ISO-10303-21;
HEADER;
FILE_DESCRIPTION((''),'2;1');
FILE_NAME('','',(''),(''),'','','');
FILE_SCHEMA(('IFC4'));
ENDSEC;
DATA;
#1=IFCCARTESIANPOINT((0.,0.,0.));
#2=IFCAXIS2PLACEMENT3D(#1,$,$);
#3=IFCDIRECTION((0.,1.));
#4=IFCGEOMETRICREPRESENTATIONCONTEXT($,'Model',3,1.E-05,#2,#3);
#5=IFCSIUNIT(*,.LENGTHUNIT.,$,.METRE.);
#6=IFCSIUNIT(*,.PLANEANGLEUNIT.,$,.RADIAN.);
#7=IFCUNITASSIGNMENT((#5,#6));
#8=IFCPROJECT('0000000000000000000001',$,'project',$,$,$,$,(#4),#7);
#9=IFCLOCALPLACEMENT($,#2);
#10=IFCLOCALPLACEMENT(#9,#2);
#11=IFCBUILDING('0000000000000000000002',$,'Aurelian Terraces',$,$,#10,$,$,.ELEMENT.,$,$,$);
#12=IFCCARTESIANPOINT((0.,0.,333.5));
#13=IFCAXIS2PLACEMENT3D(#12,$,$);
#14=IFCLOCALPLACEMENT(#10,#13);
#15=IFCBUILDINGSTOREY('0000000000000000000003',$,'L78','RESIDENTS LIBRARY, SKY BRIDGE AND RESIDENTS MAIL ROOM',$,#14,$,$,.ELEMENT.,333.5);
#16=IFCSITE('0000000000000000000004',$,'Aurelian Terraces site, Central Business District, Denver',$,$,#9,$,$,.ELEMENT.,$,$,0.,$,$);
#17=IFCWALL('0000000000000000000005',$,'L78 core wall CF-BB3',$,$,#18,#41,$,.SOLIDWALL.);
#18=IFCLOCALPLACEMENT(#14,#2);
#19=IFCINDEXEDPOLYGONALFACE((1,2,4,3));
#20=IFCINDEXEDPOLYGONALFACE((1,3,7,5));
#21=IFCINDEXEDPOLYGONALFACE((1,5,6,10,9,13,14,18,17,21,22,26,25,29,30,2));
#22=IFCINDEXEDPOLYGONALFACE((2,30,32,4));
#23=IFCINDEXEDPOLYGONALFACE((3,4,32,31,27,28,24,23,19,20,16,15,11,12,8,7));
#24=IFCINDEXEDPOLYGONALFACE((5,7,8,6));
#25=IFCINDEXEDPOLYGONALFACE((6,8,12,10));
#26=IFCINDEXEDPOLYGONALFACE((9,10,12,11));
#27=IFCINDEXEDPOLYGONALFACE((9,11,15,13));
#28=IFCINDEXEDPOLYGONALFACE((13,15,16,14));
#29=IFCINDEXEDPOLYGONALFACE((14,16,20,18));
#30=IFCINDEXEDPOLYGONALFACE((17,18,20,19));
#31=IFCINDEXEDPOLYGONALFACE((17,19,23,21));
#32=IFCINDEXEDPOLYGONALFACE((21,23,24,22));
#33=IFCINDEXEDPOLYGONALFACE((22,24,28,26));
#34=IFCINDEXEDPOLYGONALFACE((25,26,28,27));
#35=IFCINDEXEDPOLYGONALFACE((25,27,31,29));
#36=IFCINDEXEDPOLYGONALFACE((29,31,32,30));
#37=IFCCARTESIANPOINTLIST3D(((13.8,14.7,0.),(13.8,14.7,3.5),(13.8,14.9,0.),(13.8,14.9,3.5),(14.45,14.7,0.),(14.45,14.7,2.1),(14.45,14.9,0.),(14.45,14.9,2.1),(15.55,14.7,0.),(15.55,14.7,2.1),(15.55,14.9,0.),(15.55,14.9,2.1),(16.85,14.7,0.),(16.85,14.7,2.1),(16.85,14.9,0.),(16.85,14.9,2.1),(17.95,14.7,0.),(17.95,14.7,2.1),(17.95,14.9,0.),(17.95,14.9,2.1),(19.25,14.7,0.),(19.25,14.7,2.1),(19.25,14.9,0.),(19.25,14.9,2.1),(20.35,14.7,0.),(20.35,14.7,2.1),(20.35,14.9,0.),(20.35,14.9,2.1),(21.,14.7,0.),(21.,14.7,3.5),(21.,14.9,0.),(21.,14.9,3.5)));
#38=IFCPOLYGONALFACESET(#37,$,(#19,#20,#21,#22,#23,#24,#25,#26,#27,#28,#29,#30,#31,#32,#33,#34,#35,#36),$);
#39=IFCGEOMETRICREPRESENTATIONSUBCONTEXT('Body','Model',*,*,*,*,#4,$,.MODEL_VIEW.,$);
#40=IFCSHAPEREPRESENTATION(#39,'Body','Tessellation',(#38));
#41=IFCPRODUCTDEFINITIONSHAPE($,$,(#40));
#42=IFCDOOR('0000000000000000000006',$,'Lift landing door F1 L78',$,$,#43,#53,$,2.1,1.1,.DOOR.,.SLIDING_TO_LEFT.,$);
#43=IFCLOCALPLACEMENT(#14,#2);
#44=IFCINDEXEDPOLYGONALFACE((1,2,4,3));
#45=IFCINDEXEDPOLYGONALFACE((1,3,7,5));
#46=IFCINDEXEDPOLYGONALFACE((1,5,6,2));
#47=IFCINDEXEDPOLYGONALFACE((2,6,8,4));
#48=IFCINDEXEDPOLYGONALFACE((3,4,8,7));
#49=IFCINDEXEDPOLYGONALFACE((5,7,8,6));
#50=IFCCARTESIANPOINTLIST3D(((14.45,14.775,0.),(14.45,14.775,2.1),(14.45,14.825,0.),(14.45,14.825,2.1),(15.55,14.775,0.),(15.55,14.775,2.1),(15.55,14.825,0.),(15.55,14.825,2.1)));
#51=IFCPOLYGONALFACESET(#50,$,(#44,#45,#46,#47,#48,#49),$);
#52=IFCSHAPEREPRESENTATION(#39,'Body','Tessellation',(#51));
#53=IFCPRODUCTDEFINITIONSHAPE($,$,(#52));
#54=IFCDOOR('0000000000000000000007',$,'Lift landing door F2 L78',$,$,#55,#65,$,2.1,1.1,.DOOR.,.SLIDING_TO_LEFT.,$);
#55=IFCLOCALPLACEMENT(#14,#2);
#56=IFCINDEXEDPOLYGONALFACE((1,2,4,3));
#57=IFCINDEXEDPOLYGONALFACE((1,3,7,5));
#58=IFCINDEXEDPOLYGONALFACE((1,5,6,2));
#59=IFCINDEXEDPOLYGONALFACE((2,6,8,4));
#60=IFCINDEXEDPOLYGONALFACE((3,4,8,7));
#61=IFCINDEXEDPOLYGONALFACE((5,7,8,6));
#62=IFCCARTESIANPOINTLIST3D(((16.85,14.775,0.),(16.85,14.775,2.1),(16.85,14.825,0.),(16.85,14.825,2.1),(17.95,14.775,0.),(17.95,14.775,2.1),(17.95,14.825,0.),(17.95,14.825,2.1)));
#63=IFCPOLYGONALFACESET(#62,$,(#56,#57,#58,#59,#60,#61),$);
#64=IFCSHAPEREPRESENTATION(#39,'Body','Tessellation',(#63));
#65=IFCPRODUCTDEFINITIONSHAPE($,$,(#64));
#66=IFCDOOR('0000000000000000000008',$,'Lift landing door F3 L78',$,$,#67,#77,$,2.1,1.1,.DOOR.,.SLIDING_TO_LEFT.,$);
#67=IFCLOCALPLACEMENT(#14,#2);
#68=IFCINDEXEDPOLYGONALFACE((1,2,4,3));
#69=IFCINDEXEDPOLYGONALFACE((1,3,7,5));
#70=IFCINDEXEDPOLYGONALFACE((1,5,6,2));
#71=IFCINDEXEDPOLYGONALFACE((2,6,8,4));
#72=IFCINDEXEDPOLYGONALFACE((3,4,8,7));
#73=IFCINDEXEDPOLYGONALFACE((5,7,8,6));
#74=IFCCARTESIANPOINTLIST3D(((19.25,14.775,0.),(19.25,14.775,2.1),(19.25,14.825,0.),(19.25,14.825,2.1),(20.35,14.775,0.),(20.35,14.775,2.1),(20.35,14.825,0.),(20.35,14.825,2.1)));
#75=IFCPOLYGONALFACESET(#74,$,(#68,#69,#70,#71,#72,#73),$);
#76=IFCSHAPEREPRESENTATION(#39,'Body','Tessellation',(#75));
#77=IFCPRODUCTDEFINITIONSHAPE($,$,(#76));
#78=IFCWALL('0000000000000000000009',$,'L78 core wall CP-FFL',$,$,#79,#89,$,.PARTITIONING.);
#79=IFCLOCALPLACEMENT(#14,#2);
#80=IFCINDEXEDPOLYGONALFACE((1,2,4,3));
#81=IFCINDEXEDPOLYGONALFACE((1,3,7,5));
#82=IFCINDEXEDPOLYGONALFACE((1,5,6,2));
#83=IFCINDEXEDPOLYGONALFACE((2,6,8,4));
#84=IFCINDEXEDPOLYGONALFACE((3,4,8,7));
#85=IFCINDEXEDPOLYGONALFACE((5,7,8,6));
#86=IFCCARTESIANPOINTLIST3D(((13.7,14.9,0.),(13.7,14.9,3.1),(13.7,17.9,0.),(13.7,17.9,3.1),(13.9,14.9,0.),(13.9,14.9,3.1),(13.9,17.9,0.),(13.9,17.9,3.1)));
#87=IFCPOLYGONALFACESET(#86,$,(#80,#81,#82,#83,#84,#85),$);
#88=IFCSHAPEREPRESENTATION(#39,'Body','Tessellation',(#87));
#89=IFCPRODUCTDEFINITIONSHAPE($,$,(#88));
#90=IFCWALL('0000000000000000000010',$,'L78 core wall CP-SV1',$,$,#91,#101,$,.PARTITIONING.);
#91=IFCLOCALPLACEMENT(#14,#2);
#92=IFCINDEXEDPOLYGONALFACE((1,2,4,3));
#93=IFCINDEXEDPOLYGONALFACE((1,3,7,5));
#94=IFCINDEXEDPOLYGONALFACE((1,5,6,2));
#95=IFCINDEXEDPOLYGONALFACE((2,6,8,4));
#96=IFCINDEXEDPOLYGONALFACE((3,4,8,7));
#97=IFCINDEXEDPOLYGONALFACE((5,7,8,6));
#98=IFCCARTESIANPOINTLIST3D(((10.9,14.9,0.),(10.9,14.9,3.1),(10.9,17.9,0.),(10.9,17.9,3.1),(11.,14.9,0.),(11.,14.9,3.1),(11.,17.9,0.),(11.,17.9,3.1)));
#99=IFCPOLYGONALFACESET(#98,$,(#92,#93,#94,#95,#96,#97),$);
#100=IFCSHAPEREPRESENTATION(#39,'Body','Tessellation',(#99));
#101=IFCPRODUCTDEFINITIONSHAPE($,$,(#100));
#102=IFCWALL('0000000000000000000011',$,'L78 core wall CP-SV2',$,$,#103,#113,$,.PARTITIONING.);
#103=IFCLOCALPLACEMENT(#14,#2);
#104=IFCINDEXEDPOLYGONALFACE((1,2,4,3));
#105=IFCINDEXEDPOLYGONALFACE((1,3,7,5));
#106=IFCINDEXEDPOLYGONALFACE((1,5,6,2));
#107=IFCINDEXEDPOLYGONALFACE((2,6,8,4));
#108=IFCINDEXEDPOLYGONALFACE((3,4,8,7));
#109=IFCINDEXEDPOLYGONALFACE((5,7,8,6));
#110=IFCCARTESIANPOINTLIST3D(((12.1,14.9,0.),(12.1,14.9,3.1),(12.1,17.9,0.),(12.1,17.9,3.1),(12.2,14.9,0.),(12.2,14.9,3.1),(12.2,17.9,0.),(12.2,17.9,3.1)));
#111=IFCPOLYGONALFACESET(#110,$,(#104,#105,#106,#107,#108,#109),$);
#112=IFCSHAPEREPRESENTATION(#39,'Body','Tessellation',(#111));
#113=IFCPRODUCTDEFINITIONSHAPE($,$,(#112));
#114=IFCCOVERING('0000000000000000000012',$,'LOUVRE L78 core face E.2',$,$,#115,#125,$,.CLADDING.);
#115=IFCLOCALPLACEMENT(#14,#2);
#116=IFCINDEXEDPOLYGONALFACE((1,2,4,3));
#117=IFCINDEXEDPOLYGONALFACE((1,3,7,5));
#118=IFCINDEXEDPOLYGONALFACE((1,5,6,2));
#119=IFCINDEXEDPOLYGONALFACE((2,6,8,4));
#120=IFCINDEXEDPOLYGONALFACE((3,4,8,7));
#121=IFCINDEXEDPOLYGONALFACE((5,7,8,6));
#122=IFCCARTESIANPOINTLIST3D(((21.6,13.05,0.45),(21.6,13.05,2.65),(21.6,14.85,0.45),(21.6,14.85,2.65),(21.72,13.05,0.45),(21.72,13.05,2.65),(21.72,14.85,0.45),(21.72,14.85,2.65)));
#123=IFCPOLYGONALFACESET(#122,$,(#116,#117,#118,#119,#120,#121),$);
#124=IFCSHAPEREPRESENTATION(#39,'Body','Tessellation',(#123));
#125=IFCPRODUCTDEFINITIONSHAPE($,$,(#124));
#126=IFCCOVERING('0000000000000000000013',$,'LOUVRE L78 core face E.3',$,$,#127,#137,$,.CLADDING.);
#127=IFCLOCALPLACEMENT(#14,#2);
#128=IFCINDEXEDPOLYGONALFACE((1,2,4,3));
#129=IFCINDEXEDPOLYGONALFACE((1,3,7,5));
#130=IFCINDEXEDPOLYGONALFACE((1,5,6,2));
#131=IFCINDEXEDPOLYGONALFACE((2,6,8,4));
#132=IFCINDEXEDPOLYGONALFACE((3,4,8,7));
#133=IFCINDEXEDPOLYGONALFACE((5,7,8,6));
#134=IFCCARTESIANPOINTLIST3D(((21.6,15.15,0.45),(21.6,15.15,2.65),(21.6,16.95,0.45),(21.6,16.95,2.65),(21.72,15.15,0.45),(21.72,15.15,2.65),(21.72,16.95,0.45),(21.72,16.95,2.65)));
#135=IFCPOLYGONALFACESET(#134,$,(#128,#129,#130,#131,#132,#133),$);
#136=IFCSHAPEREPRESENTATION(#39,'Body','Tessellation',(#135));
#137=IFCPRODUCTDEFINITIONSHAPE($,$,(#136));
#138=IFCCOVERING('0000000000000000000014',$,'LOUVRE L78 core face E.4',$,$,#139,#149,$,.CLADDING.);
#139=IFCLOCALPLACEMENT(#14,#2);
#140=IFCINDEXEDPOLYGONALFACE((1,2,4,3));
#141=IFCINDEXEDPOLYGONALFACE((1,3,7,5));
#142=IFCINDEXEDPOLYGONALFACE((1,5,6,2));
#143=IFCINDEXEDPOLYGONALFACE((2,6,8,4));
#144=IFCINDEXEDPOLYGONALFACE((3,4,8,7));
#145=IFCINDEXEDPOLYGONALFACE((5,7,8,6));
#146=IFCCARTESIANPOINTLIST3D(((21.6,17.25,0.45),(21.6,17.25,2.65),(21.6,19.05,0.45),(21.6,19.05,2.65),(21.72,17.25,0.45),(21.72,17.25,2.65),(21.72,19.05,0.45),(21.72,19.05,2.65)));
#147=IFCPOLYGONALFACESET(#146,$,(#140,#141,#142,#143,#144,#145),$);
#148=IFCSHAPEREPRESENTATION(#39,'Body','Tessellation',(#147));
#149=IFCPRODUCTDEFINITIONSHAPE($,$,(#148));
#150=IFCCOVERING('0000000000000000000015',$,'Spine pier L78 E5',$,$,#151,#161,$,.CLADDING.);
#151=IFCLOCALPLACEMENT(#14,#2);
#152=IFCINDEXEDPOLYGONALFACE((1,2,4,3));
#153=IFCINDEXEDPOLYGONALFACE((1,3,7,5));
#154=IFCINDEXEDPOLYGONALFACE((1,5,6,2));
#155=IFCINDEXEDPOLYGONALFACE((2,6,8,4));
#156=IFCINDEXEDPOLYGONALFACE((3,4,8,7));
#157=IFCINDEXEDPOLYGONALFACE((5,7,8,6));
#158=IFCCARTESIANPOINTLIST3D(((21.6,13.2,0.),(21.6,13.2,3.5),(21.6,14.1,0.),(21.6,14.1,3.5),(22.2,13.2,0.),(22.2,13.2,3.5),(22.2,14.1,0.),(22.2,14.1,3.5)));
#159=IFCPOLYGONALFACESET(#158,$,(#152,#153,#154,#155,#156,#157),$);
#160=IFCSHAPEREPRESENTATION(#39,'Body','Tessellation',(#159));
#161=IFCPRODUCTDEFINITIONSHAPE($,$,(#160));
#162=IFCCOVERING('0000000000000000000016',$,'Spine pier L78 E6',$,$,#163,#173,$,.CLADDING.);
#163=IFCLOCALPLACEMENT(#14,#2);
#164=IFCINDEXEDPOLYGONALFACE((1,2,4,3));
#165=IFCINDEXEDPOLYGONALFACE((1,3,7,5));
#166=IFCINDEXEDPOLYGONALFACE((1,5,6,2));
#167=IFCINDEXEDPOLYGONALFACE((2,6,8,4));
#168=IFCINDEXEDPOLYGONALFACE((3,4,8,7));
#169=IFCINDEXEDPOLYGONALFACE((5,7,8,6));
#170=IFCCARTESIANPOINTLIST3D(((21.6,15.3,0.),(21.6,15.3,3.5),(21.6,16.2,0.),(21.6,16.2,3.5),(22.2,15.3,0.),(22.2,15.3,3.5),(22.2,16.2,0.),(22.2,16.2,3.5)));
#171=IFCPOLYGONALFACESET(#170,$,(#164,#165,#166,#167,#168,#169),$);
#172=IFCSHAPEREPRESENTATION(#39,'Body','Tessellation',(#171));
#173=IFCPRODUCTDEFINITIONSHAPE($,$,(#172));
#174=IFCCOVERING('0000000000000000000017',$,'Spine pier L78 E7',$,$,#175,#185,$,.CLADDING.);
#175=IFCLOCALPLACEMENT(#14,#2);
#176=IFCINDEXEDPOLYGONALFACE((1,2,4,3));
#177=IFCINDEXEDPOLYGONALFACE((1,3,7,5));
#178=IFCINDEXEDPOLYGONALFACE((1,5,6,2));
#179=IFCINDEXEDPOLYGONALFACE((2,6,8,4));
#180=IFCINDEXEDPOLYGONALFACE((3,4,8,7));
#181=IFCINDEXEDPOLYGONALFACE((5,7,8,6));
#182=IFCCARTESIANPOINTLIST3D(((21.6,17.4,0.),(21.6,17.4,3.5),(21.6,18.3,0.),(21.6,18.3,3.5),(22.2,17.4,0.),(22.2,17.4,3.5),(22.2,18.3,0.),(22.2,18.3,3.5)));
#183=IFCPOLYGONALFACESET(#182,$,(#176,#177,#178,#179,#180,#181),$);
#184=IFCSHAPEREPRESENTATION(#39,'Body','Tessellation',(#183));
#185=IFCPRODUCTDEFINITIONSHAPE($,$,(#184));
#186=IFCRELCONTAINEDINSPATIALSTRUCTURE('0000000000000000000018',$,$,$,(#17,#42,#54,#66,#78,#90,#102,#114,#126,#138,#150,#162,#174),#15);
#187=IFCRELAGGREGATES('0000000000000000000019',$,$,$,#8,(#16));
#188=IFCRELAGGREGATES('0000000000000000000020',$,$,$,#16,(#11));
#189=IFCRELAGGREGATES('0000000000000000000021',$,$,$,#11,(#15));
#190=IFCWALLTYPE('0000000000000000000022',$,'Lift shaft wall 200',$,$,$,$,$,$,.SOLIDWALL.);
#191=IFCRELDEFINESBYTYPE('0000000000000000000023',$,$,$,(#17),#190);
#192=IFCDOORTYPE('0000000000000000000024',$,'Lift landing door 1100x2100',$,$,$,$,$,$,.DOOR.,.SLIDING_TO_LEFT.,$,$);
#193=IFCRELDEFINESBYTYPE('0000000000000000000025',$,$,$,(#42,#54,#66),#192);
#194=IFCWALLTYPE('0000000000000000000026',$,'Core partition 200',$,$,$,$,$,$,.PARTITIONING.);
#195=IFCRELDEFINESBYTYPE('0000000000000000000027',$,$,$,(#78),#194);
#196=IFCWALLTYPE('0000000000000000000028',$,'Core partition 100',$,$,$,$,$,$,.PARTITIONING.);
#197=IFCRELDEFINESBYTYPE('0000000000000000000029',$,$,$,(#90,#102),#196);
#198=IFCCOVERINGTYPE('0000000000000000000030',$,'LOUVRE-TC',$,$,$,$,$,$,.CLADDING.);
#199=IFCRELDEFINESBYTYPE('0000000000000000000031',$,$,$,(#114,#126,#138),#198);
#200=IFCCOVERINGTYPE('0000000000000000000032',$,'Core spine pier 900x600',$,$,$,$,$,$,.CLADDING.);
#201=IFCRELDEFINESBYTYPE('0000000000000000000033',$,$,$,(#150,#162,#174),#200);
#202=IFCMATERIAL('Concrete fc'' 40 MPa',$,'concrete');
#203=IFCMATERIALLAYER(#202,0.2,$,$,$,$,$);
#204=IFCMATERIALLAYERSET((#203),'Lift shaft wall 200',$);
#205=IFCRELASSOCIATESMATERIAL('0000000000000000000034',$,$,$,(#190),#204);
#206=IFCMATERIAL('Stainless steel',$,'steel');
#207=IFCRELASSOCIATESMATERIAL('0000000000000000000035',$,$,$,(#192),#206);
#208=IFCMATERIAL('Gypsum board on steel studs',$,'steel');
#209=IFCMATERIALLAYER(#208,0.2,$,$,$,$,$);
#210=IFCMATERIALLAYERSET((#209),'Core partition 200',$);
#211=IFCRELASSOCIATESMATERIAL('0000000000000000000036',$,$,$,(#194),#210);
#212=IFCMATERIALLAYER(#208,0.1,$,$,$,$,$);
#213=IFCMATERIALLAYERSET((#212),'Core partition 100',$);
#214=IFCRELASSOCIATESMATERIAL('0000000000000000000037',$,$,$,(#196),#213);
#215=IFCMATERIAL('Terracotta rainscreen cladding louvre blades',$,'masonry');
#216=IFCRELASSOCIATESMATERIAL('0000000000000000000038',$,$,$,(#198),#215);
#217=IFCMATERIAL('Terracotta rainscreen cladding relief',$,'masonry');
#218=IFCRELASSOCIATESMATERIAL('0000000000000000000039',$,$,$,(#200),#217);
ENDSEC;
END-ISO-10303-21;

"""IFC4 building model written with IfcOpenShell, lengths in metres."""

from ifc_helpers import new_model, si_unit, direction, frame, frame_2d, origin, origin_2d, place, context, subcontext, project, spatial, rectangle, extrude, source, transform, mapped, material, layer, layer_set, type_object, element, fill, save


model = new_model("IFC4")

# Units and contexts
model_context = context("Model", 3, precision=1e-05, world=origin(), true_north=direction((0.0, 1.0)))
body_context = subcontext(model_context, "Body", "Model", "MODEL_VIEW")
ifc_project = project(units=[si_unit("LENGTHUNIT", "METRE"), si_unit("PLANEANGLEUNIT", "RADIAN")], contexts=[model_context])

# Site, building, storey
site_placement = place(None, origin())
site = spatial("IfcSite", under=ifc_project, at=site_placement, Name="Aurelian Terraces site, Central Business District, Denver", CompositionType="ELEMENT", RefElevation=0.0)
building_placement = place(site_placement, origin())
building = spatial("IfcBuilding", under=site, at=building_placement, Name="Aurelian Terraces", CompositionType="ELEMENT")
storey_placement = place(building_placement, frame((0.0, 0.0, 333.5)))
storey = spatial("IfcBuildingStorey", under=building, at=storey_placement, Name="L78", Description="RESIDENTS LIBRARY, SKY BRIDGE AND RESIDENTS MAIL ROOM", CompositionType="ELEMENT", Elevation=333.5)

# Wall, openings, doors
ifc_material_1 = material(Name="Concrete fc' 40 MPa", Category="concrete")
ifc_layer_1 = layer(ifc_material_1, 0.2)
ifc_layer_set_1 = layer_set([ifc_layer_1], Name="Lift shaft wall 200")
wall_type_1 = type_object("IfcWallType", Name="Lift shaft wall 200", PredefinedType="SOLIDWALL", material=ifc_layer_set_1)
shared_shape_1 = source(origin(), body_context, "Body", "SweptSolid", [
    extrude(rectangle(XDim=7.2, YDim=0.2, at=frame_2d((3.6, 0.0))), origin(), (0.0, 0.0, 1.0), 3.5),
])
wall_1_placement = place(storey_placement, frame((13.8, 14.8, 0.0), z_axis=(0.0, 0.0, 1.0), x_axis=(1.0, 0.0, 0.0)))
wall_1 = element("IfcWall", 1, at=wall_1_placement, inside=storey, type_object=wall_type_1, Name="L78 core wall CF-BB3", PredefinedType="SOLIDWALL", context=body_context, shape_type="MappedRepresentation", body=[
    mapped(shared_shape_1, transform((0.0, 0.0, 0.0), scale=1.0)),
])
shared_shape_2 = source(origin(), body_context, "Body", "SweptSolid", [
    extrude(rectangle(XDim=1.1, YDim=2.1, at=frame_2d((0.55, 1.05))), frame((0.0, 0.11, 0.0), z_axis=(0.0, -1.0, 0.0), x_axis=(1.0, 0.0, 0.0)), (0.0, 0.0, 1.0), 0.22),
])
opening_1_placement = place(wall_1_placement, frame((0.65, 0.0, 0.0)))
opening_1 = element("IfcOpeningElement", 2, at=opening_1_placement, cuts=wall_1, PredefinedType="OPENING", context=body_context, shape_type="MappedRepresentation", body=[
    mapped(shared_shape_2, transform((0.0, 0.0, 0.0), scale=1.0)),
])
opening_2_placement = place(wall_1_placement, frame((3.05, 0.0, 0.0)))
opening_2 = element("IfcOpeningElement", 3, at=opening_2_placement, cuts=wall_1, PredefinedType="OPENING", context=body_context, shape_type="MappedRepresentation", body=[
    mapped(shared_shape_2, transform((0.0, 0.0, 0.0), scale=1.0)),
])
opening_3_placement = place(wall_1_placement, frame((5.45, 0.0, 0.0)))
opening_3 = element("IfcOpeningElement", 4, at=opening_3_placement, cuts=wall_1, PredefinedType="OPENING", context=body_context, shape_type="MappedRepresentation", body=[
    mapped(shared_shape_2, transform((0.0, 0.0, 0.0), scale=1.0)),
])
ifc_material_2 = material(Name="Stainless steel", Category="steel")
door_type = type_object("IfcDoorType", Name="Lift landing door 1100x2100", OperationType="SLIDING_TO_LEFT", PredefinedType="DOOR", material=ifc_material_2)
shared_shape_3 = source(origin(), body_context, "Body", "SweptSolid", [
    extrude(rectangle(XDim=1.1, YDim=2.1, at=frame_2d((0.55, 1.05))), frame((0.0, 0.025, 0.0), z_axis=(0.0, -1.0, 0.0), x_axis=(1.0, 0.0, 0.0)), (0.0, 0.0, 1.0), 0.05),
])
door_1_placement = place(opening_1_placement, origin())
door_1 = element("IfcDoor", 5, at=door_1_placement, inside=storey, type_object=door_type, Name="Lift landing door F1 L78", OperationType="SLIDING_TO_LEFT", OverallHeight=2.1, OverallWidth=1.1, PredefinedType="DOOR", context=body_context, shape_type="MappedRepresentation", body=[
    mapped(shared_shape_3, transform((0.0, 0.0, 0.0), scale=1.0)),
])
fill(opening_1, door_1)
door_2_placement = place(opening_2_placement, origin())
door_2 = element("IfcDoor", 6, at=door_2_placement, inside=storey, type_object=door_type, Name="Lift landing door F2 L78", OperationType="SLIDING_TO_LEFT", OverallHeight=2.1, OverallWidth=1.1, PredefinedType="DOOR", context=body_context, shape_type="MappedRepresentation", body=[
    mapped(shared_shape_3, transform((0.0, 0.0, 0.0), scale=1.0)),
])
fill(opening_2, door_2)
door_3_placement = place(opening_3_placement, origin())
door_3 = element("IfcDoor", 7, at=door_3_placement, inside=storey, type_object=door_type, Name="Lift landing door F3 L78", OperationType="SLIDING_TO_LEFT", OverallHeight=2.1, OverallWidth=1.1, PredefinedType="DOOR", context=body_context, shape_type="MappedRepresentation", body=[
    mapped(shared_shape_3, transform((0.0, 0.0, 0.0), scale=1.0)),
])
fill(opening_3, door_3)

# Walls
ifc_material_3 = material(Name="Gypsum board on steel studs", Category="steel")
ifc_layer_2 = layer(ifc_material_3, 0.2)
ifc_layer_set_2 = layer_set([ifc_layer_2], Name="Core partition 200")
wall_type_2 = type_object("IfcWallType", Name="Core partition 200", PredefinedType="PARTITIONING", material=ifc_layer_set_2)
shared_shape_4 = source(origin(), body_context, "Body", "SweptSolid", [
    extrude(rectangle(XDim=3.0, YDim=0.2, at=frame_2d((1.5, 0.0))), origin(), (0.0, 0.0, 1.0), 3.1),
])
wall_2_placement = place(storey_placement, frame((13.8, 14.9, 0.0), z_axis=(0.0, 0.0, 1.0), x_axis=(0.0, 1.0, 0.0)))
element("IfcWall", 8, at=wall_2_placement, inside=storey, type_object=wall_type_2, Name="L78 core wall CP-FFL", PredefinedType="PARTITIONING", context=body_context, shape_type="MappedRepresentation", body=[
    mapped(shared_shape_4, transform((0.0, 0.0, 0.0), scale=1.0)),
])
ifc_layer_3 = layer(ifc_material_3, 0.1)
ifc_layer_set_3 = layer_set([ifc_layer_3], Name="Core partition 100")
wall_type_3 = type_object("IfcWallType", Name="Core partition 100", PredefinedType="PARTITIONING", material=ifc_layer_set_3)
shared_shape_5 = source(origin(), body_context, "Body", "SweptSolid", [
    extrude(rectangle(XDim=3.0, YDim=0.1, at=frame_2d((1.5, 0.0))), origin(), (0.0, 0.0, 1.0), 3.1),
])
for number, where, z_axis, x_axis, name in (
    (9, (10.95, 14.9, 0.0), (0.0, 0.0, 1.0), (0.0, 1.0, 0.0), "L78 core wall CP-SV1"),
    (10, (12.15, 14.9, 0.0), (0.0, 0.0, 1.0), (0.0, 1.0, 0.0), "L78 core wall CP-SV2"),
):
    element("IfcWall", number, at=place(storey_placement, frame(where, z_axis=z_axis, x_axis=x_axis)), inside=storey, type_object=wall_type_3, Name=name, PredefinedType="PARTITIONING", context=body_context, shape_type="MappedRepresentation", body=[
        mapped(shared_shape_5, transform((0.0, 0.0, 0.0), scale=1.0)),
    ])

# Coverings
ifc_material_4 = material(Name="Terracotta rainscreen cladding louvre blades", Category="masonry")
covering_type_1 = type_object("IfcCoveringType", Name="LOUVRE-TC", PredefinedType="CLADDING", material=ifc_material_4)
shared_shape_6 = source(origin(), body_context, "Body", "SweptSolid", [
    extrude(rectangle(XDim=0.12, YDim=1.8, at=origin_2d()), origin(), (0.0, 0.0, 1.0), 2.2),
])
for number, where, z_axis, x_axis, name in (
    (11, (21.66, 13.95, 0.45), (0.0, 0.0, 1.0), (1.0, 0.0, 0.0), "LOUVRE L78 core face E.2"),
    (12, (21.66, 16.05, 0.45), (0.0, 0.0, 1.0), (1.0, 0.0, 0.0), "LOUVRE L78 core face E.3"),
    (13, (21.66, 18.15, 0.45), (0.0, 0.0, 1.0), (1.0, 0.0, 0.0), "LOUVRE L78 core face E.4"),
):
    element("IfcCovering", number, at=place(storey_placement, frame(where, z_axis=z_axis, x_axis=x_axis)), inside=storey, type_object=covering_type_1, Name=name, PredefinedType="CLADDING", context=body_context, shape_type="MappedRepresentation", body=[
        mapped(shared_shape_6, transform((0.0, 0.0, 0.0), scale=1.0)),
    ])
ifc_material_5 = material(Name="Terracotta rainscreen cladding relief", Category="masonry")
covering_type_2 = type_object("IfcCoveringType", Name="Core spine pier 900x600", PredefinedType="CLADDING", material=ifc_material_5)
shared_shape_7 = source(origin(), body_context, "Body", "SweptSolid", [
    extrude(rectangle(XDim=0.6, YDim=0.9, at=origin_2d()), origin(), (0.0, 0.0, 1.0), 3.5),
])
for number, where, z_axis, x_axis, name in (
    (14, (21.9, 13.65, 0.0), (0.0, 0.0, 1.0), (1.0, 0.0, 0.0), "Spine pier L78 E5"),
    (15, (21.9, 15.75, 0.0), (0.0, 0.0, 1.0), (1.0, 0.0, 0.0), "Spine pier L78 E6"),
    (16, (21.9, 17.85, 0.0), (0.0, 0.0, 1.0), (1.0, 0.0, 0.0), "Spine pier L78 E7"),
):
    element("IfcCovering", number, at=place(storey_placement, frame(where, z_axis=z_axis, x_axis=x_axis)), inside=storey, type_object=covering_type_2, Name=name, PredefinedType="CLADDING", context=body_context, shape_type="MappedRepresentation", body=[
        mapped(shared_shape_7, transform((0.0, 0.0, 0.0), scale=1.0)),
    ])

save(model, "model.ifc")
